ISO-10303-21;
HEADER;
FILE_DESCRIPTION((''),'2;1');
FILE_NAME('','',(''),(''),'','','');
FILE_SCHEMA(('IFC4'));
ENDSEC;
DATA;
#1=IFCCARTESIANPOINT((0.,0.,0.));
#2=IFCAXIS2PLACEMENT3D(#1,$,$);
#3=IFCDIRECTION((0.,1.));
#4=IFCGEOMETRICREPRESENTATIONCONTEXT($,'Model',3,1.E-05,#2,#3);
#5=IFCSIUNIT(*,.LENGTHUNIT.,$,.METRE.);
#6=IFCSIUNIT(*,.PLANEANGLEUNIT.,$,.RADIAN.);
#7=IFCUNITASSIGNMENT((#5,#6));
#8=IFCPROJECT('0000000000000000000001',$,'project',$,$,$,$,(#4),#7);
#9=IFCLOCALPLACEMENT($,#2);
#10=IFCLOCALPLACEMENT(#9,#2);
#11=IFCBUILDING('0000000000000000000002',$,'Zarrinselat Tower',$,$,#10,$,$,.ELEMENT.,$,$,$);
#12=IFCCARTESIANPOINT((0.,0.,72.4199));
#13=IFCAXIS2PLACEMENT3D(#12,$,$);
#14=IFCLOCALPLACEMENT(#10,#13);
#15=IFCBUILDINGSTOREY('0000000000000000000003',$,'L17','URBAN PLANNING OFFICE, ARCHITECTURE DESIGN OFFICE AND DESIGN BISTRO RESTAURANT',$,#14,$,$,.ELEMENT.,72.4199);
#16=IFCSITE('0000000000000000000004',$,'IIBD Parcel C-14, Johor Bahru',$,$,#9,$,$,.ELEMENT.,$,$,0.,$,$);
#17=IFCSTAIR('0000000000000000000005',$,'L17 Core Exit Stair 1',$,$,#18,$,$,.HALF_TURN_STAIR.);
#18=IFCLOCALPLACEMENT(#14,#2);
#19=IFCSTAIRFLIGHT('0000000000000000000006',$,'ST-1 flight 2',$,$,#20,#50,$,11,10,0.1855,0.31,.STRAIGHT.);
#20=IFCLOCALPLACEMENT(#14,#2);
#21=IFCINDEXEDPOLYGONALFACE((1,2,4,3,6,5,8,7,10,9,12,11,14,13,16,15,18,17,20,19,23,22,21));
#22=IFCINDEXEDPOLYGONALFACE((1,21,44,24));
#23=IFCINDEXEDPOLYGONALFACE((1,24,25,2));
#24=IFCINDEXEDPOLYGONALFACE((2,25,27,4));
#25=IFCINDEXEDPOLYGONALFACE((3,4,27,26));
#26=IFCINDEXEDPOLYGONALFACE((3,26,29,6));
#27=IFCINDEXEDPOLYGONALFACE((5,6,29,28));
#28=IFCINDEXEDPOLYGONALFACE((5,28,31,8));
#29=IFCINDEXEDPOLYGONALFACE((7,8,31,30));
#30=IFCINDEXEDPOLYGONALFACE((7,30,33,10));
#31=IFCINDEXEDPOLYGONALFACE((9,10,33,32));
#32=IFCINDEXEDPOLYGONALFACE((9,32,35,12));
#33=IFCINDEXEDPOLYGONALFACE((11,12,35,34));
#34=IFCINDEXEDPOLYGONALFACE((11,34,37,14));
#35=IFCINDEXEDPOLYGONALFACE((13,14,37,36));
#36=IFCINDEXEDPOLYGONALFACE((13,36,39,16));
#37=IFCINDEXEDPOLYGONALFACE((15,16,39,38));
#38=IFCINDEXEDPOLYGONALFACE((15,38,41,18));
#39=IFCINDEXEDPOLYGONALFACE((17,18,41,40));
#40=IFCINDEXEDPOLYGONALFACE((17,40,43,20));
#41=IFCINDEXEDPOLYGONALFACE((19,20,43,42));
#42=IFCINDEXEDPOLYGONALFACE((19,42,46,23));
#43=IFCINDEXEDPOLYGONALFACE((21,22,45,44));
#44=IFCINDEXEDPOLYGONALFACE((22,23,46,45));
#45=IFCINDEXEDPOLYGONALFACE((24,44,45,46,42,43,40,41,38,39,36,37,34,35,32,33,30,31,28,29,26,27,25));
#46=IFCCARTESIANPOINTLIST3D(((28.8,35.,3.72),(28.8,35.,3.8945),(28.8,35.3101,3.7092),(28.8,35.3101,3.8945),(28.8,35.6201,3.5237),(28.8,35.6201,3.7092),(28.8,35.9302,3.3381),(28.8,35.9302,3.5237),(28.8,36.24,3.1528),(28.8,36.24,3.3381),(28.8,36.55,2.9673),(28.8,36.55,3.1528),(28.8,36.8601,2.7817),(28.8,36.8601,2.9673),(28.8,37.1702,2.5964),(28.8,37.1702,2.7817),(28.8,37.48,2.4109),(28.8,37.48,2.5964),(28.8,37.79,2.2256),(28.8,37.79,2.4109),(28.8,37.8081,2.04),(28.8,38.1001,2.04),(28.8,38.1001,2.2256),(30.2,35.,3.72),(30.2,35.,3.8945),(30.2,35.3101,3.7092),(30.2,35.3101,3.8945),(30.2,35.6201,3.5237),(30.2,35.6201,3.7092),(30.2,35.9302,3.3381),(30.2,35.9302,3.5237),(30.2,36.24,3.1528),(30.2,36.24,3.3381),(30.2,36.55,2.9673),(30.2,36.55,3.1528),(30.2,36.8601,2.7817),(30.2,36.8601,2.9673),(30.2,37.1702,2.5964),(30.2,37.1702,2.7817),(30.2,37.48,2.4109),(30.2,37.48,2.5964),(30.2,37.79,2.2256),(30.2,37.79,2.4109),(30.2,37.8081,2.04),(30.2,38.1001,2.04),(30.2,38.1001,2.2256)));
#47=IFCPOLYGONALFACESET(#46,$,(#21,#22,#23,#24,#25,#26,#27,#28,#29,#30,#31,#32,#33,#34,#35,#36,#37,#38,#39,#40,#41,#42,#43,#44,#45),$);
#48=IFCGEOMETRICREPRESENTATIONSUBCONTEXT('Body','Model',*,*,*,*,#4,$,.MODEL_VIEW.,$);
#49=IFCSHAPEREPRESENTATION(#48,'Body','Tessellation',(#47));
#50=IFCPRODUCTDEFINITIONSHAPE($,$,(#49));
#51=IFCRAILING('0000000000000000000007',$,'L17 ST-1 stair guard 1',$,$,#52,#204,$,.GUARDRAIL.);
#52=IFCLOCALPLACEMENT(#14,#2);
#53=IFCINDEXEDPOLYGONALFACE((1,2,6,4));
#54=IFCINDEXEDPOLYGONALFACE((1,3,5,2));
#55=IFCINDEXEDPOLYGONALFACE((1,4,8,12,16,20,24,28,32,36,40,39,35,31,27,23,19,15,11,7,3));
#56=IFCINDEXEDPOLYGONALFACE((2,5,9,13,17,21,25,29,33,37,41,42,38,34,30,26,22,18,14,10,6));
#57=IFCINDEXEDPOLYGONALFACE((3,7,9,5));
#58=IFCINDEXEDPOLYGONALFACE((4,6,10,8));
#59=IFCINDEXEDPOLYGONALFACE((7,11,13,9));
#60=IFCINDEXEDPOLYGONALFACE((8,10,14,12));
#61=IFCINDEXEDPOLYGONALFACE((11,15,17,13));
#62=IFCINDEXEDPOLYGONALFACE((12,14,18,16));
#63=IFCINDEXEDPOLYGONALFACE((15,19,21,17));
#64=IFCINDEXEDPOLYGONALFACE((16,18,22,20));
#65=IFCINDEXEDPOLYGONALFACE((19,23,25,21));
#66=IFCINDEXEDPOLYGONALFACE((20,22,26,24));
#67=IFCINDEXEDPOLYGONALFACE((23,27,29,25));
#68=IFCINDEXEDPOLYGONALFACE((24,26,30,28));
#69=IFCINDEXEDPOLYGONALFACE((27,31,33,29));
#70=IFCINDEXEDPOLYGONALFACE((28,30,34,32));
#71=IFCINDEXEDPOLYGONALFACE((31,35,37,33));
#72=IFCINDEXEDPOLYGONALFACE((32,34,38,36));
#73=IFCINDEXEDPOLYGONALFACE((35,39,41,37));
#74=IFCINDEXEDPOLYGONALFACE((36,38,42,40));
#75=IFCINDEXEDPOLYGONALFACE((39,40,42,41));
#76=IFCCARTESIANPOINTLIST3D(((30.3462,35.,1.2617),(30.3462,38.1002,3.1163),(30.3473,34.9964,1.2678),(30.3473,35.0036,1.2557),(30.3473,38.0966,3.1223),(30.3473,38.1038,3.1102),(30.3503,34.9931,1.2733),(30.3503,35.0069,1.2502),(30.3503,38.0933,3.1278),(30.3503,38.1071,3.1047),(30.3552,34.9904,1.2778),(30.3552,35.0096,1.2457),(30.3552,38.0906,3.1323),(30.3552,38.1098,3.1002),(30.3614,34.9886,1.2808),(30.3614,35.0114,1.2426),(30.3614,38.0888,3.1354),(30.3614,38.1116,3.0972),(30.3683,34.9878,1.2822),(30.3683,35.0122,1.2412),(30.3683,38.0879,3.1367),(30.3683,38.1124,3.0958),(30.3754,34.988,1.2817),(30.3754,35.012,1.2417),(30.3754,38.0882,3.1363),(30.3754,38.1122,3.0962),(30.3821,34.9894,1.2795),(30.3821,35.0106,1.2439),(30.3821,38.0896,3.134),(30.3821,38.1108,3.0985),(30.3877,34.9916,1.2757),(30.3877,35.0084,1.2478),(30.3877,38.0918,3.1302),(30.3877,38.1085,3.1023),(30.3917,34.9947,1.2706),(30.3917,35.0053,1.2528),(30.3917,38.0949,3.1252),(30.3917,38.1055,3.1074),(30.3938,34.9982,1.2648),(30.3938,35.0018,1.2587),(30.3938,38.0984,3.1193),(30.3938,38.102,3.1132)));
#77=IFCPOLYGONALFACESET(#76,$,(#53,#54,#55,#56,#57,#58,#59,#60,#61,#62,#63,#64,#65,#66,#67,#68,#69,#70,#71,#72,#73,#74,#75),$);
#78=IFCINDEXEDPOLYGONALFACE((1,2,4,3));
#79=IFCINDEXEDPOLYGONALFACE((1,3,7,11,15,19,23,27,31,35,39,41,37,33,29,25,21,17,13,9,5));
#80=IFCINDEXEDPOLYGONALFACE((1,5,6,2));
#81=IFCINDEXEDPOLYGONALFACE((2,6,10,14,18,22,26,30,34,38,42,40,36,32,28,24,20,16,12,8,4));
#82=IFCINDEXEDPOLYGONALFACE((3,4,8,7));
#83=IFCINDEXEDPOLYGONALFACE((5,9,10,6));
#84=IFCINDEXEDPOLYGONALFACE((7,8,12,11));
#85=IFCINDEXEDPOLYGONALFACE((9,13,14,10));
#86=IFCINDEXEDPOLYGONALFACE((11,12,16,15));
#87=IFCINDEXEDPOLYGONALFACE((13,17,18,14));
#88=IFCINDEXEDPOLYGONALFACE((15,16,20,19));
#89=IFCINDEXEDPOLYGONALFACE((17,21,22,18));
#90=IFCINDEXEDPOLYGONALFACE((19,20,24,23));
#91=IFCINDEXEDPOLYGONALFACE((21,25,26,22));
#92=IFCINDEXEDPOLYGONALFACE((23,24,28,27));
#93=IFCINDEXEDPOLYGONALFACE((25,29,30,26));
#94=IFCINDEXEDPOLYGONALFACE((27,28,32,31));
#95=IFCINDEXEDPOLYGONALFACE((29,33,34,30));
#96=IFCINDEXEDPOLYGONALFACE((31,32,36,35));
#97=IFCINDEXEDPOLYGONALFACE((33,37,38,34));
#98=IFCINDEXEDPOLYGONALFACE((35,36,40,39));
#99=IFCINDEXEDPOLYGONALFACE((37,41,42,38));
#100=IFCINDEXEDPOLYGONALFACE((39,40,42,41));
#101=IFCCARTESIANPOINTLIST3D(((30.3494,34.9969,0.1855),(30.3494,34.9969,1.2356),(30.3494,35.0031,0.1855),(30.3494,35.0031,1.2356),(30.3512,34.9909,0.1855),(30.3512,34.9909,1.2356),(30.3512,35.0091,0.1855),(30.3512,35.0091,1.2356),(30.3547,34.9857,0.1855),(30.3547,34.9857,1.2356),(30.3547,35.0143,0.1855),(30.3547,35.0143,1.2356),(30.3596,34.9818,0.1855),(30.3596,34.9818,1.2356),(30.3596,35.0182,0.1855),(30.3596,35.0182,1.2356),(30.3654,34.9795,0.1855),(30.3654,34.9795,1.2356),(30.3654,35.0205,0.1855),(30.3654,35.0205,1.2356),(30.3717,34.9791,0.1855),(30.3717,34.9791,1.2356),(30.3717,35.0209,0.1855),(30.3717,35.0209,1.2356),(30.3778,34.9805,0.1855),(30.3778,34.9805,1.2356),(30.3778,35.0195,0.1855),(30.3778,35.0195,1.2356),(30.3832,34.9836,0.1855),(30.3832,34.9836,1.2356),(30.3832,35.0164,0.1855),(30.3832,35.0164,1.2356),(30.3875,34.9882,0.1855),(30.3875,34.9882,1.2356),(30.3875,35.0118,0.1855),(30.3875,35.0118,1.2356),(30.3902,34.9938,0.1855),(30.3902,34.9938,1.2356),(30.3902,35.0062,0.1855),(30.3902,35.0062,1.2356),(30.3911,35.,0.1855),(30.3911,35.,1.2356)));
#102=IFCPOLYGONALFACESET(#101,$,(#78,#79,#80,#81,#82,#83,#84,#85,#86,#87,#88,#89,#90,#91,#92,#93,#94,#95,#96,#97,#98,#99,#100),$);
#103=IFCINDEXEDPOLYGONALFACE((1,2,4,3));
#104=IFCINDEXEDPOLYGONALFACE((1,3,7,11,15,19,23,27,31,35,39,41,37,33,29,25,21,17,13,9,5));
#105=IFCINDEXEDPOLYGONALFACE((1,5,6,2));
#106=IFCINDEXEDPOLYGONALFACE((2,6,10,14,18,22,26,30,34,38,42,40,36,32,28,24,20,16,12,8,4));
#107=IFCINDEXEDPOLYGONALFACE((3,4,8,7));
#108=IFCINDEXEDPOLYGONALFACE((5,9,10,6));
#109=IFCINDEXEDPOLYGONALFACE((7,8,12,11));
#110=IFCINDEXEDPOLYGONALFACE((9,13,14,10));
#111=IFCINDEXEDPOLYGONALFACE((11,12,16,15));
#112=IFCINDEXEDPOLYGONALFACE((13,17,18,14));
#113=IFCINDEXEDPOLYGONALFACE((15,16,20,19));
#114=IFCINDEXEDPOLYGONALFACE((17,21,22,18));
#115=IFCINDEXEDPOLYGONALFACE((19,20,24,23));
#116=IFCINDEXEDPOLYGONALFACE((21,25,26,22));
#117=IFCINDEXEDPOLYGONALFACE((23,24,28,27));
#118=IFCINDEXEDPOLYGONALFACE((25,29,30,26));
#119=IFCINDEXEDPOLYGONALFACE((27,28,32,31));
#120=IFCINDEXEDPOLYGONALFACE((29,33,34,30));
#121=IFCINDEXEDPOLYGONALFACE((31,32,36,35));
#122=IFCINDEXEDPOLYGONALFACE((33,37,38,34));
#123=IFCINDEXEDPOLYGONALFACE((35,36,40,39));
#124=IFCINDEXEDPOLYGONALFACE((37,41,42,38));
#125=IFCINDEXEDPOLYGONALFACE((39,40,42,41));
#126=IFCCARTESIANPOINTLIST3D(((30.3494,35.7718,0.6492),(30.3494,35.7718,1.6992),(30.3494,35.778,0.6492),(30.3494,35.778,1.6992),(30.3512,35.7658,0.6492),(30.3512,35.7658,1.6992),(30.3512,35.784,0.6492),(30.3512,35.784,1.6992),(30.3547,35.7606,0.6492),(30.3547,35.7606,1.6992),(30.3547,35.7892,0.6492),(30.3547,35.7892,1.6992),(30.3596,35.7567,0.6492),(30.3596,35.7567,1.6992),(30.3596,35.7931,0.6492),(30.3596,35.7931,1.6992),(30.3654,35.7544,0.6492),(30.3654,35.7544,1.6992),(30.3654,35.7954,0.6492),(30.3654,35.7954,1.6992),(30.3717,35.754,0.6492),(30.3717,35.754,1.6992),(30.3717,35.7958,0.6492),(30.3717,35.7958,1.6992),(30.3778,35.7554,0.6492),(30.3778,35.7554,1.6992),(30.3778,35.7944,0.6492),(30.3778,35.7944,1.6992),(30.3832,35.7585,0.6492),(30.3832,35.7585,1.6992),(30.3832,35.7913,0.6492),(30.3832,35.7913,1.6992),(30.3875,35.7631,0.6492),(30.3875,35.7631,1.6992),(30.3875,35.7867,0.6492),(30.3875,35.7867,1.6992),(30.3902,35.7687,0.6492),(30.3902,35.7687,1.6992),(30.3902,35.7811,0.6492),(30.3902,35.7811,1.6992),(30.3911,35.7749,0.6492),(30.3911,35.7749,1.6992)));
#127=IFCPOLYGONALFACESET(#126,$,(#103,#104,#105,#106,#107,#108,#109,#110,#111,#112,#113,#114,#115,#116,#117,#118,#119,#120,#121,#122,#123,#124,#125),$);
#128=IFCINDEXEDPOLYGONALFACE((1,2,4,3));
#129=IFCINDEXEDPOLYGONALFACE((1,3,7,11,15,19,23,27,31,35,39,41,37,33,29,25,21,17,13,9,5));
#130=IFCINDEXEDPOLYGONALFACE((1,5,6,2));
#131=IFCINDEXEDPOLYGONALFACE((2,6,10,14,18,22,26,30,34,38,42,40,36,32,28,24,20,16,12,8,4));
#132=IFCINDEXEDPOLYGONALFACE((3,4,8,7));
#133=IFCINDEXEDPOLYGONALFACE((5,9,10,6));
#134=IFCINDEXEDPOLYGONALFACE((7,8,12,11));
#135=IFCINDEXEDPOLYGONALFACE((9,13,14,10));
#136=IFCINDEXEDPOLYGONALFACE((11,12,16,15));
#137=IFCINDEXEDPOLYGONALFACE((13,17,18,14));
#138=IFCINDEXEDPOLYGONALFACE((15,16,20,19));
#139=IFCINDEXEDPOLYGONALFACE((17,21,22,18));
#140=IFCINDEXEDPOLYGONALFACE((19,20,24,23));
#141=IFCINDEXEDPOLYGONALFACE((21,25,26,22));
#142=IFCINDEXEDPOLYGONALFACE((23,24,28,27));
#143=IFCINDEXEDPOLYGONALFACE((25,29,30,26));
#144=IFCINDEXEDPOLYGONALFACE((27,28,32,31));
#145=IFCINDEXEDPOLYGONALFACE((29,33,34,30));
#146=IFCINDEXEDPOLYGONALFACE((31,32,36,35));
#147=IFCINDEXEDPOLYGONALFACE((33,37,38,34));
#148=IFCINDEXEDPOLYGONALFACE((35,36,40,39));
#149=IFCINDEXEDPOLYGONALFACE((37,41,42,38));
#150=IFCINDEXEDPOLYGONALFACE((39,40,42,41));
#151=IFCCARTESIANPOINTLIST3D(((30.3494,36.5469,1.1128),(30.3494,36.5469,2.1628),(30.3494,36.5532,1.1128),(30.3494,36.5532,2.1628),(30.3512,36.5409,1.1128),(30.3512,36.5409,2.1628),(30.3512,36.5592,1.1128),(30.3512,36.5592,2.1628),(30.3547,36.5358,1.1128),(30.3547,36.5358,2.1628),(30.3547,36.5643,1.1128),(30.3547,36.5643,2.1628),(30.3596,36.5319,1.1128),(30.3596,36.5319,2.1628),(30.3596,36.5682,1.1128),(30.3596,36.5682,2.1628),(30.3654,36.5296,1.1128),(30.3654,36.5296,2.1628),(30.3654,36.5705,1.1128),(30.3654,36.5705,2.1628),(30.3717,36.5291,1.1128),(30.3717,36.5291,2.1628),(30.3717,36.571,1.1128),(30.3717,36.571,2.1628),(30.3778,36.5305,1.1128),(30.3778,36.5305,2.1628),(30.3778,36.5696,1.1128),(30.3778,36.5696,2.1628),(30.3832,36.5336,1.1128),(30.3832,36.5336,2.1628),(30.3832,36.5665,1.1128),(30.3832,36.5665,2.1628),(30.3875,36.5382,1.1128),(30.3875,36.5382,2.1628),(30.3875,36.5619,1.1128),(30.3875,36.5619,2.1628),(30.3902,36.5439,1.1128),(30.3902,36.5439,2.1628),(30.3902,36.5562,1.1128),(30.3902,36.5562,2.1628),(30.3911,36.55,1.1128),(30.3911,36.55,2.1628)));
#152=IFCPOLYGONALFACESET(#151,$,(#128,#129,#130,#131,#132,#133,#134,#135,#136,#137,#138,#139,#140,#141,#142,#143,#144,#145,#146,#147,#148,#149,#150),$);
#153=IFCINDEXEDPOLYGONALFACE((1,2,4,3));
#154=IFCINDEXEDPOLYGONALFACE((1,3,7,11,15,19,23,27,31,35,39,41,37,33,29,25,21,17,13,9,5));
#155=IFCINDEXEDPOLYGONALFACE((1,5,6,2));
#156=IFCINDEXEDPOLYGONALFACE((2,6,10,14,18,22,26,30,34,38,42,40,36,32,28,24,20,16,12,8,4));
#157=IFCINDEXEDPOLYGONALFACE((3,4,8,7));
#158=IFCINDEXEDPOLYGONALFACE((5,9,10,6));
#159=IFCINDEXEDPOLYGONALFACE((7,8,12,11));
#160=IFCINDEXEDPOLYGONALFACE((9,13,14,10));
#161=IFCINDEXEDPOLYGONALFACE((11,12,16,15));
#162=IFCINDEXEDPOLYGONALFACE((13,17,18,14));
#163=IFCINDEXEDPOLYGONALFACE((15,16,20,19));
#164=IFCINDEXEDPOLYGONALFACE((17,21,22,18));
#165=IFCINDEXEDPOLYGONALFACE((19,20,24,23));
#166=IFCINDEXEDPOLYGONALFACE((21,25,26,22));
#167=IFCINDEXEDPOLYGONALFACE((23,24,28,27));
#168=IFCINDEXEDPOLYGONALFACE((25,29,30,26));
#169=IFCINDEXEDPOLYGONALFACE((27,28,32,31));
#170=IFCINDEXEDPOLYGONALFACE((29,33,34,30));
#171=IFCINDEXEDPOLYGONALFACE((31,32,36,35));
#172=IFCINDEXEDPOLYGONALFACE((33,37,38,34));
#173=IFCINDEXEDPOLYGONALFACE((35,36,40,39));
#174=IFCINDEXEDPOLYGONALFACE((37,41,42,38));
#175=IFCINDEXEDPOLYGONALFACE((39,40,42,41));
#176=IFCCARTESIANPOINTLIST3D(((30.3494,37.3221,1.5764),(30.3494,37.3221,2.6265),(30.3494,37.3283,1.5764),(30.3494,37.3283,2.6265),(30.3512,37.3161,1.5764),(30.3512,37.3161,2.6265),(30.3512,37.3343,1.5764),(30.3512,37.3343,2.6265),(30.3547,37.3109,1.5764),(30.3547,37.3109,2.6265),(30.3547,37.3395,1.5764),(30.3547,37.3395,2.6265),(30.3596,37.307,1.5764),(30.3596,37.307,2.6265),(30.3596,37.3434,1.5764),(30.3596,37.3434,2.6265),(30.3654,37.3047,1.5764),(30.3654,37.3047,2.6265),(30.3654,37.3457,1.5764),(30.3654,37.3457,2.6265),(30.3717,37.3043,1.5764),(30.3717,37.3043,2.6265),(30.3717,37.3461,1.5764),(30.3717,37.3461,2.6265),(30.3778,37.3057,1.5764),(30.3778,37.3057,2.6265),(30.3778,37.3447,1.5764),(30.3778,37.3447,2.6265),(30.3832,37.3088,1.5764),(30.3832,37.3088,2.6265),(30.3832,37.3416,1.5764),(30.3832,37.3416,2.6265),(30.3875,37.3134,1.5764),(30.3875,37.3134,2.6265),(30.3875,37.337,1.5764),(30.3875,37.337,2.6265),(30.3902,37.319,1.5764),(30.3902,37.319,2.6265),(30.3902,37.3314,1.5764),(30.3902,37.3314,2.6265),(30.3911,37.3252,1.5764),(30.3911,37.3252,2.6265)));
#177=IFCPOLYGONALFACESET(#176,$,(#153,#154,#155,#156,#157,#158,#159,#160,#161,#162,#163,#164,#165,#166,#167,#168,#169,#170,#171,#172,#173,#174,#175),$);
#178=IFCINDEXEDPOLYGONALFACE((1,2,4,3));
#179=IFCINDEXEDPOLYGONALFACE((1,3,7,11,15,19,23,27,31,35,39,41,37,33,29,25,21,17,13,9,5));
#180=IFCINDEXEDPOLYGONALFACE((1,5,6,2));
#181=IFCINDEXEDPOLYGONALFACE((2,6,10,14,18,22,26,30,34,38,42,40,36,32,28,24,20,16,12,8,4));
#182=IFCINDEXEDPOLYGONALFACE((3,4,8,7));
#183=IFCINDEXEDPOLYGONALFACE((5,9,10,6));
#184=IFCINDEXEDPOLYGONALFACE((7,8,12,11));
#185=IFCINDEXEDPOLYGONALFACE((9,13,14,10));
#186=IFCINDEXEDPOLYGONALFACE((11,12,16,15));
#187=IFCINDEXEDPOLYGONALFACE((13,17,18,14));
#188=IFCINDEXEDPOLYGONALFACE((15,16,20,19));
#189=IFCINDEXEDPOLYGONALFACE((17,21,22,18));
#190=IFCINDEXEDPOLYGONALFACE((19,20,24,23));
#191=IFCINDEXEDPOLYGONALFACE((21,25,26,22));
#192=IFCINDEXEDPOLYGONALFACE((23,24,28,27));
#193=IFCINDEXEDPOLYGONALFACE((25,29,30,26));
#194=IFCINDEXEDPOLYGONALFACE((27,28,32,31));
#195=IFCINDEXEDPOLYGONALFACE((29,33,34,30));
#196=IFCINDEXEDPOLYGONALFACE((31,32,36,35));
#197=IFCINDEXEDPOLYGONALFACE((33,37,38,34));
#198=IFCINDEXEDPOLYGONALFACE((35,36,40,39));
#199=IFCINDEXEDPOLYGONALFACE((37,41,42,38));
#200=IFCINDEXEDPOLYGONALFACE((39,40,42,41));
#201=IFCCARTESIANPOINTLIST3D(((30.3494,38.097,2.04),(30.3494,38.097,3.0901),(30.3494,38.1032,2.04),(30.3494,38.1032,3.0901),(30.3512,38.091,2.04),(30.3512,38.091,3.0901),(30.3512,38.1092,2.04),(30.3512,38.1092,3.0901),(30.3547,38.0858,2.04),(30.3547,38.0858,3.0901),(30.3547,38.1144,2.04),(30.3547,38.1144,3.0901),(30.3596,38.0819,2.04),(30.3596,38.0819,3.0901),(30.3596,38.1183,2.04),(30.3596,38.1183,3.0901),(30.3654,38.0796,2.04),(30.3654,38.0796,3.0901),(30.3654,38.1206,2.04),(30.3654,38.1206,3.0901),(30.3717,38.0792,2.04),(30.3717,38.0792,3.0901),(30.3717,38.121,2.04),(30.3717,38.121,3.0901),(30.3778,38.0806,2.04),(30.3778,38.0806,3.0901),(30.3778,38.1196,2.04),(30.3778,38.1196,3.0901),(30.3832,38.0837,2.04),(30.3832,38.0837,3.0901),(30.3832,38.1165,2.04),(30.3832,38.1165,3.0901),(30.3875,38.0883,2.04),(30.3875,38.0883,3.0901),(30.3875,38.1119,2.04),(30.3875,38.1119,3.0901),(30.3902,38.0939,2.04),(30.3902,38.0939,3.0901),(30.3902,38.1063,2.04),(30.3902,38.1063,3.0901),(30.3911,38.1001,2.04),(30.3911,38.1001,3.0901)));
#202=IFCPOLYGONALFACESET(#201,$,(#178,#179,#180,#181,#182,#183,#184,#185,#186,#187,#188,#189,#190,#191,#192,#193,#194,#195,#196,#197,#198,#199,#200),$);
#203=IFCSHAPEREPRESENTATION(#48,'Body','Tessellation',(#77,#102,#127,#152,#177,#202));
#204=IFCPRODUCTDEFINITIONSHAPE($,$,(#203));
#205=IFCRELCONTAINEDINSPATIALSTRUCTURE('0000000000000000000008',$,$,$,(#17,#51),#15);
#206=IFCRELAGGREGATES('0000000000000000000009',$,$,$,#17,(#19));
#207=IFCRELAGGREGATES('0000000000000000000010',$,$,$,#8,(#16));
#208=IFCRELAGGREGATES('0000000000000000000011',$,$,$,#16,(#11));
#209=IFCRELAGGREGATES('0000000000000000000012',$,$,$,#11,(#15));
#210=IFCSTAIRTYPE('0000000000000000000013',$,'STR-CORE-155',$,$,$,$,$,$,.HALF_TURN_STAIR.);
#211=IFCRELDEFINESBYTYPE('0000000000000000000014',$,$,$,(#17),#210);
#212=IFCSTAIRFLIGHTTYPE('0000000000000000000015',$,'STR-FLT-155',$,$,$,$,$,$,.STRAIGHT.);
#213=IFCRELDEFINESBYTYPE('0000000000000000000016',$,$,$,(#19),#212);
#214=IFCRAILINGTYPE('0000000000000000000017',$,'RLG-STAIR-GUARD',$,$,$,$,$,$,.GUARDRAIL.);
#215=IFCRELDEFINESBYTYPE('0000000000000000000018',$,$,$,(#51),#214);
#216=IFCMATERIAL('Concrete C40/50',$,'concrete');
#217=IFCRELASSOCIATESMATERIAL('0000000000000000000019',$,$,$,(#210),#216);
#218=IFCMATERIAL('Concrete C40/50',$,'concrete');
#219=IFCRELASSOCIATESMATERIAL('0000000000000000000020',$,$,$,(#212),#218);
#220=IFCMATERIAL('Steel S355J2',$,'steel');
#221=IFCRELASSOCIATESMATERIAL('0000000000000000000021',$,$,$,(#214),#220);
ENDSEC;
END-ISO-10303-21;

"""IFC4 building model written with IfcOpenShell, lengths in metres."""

from ifc_helpers import new_model, si_unit, direction, frame, origin, origin_2d, place, context, subcontext, project, spatial, polyline, circle, outline, extrude, material, type_object, element, aggregate, save


model = new_model("IFC4")

# Units and contexts
model_context = context("Model", 3, precision=1e-05, world=origin(), true_north=direction((0.0, 1.0)))
body_context = subcontext(model_context, "Body", "Model", "MODEL_VIEW")
ifc_project = project(units=[si_unit("LENGTHUNIT", "METRE"), si_unit("PLANEANGLEUNIT", "RADIAN")], contexts=[model_context])

# Site, building, storey
site_placement = place(None, origin())
site = spatial("IfcSite", under=ifc_project, at=site_placement, Name="IIBD Parcel C-14, Johor Bahru", CompositionType="ELEMENT", RefElevation=0.0)
building_placement = place(site_placement, origin())
building = spatial("IfcBuilding", under=site, at=building_placement, Name="Zarrinselat Tower", CompositionType="ELEMENT")
storey_placement = place(building_placement, frame((0.0, 0.0, 72.4199)))
storey = spatial("IfcBuildingStorey", under=building, at=storey_placement, Name="L17", Description="URBAN PLANNING OFFICE, ARCHITECTURE DESIGN OFFICE AND DESIGN BISTRO RESTAURANT", CompositionType="ELEMENT", Elevation=72.4199)

# Stair, stair flight
ifc_material_1 = material(Name="Concrete C40/50", Category="concrete")
stair_type = type_object("IfcStairType", Name="STR-CORE-155", PredefinedType="HALF_TURN_STAIR", material=ifc_material_1)
stair_placement = place(storey_placement, origin())
stair = element("IfcStair", 1, at=stair_placement, inside=storey, type_object=stair_type, Name="L17 Core Exit Stair 1", PredefinedType="HALF_TURN_STAIR")
ifc_material_2 = material(Name="Concrete C40/50", Category="concrete")
stair_flight_type = type_object("IfcStairFlightType", Name="STR-FLT-155", PredefinedType="STRAIGHT", material=ifc_material_2)
stair_flight_1_placement = place(storey_placement, frame((29.5, 38.1001, 2.04), z_axis=(0.0, 0.0, 1.0), x_axis=(0.0, -1.0, 0.0)))
stair_flight_1 = element("IfcStairFlight", 2, at=stair_flight_1_placement, type_object=stair_flight_type, Name="ST-1 flight 2", NumberOfRisers=11, NumberOfTreads=10, PredefinedType="STRAIGHT", RiserHeight=0.1855, TreadLength=0.31, context=body_context, shape_type="SweptSolid", body=[
    extrude(outline(polyline([(0.0, 0.0), (0.0, 0.1855), (0.3101, 0.1855), (0.3101, 0.3708), (0.6201, 0.3708), (0.6201, 0.5564), (0.9299, 0.5564), (0.9299, 0.7417), (1.24, 0.7417), (1.24, 0.9272), (1.55, 0.9272), (1.55, 1.1128), (1.8601, 1.1128), (1.8601, 1.2981), (2.1699, 1.2981), (2.1699, 1.4836), (2.48, 1.4836), (2.48, 1.6692), (2.79, 1.6692), (2.79, 1.8545), (3.1001, 1.8545), (3.1001, 2.04), (3.1001, 1.6799), (0.292, 0.0), (0.0, 0.0)])), frame((0.0, 0.7, 0.0), z_axis=(0.0, -1.0, 0.0), x_axis=(1.0, 0.0, 0.0)), (0.0, 0.0, 1.0), 1.3999),
])
aggregate(stair, [stair_flight_1])

# Railing
ifc_material_3 = material(Name="Steel S355J2", Category="steel")
railing_type_1 = type_object("IfcRailingType", Name="RLG-STAIR-GUARD", PredefinedType="GUARDRAIL", material=ifc_material_3)
railing_1_placement = place(storey_placement, frame((30.3701, 35.0, 0.1855)))
element("IfcRailing", 3, at=railing_1_placement, inside=storey, type_object=railing_type_1, Name="L17 ST-1 stair guard 1", PredefinedType="GUARDRAIL", context=body_context, shape_type="SweptSolid", body=[
    extrude(circle(Radius=0.0239, at=origin_2d()), frame((0.0, 0.0, 1.0762), z_axis=(0.0, 0.858172, 0.513362), x_axis=(-1.0, 0.0, 0.0)), (0.0, 0.0, 1.0), 3.6125),
    extrude(circle(Radius=0.021, at=origin_2d()), origin(), (0.0, 0.0, 1.0), 1.05),
    extrude(circle(Radius=0.021, at=origin_2d()), frame((0.0, 0.7749, 0.4636)), (0.0, 0.0, 1.0), 1.05),
    extrude(circle(Radius=0.021, at=origin_2d()), frame((0.0, 1.55, 0.9272)), (0.0, 0.0, 1.0), 1.05),
    extrude(circle(Radius=0.021, at=origin_2d()), frame((0.0, 2.3252, 1.3909)), (0.0, 0.0, 1.0), 1.05),
    extrude(circle(Radius=0.021, at=origin_2d()), frame((0.0, 3.1001, 1.8545)), (0.0, 0.0, 1.0), 1.05),
])

save(model, "model.ifc")
